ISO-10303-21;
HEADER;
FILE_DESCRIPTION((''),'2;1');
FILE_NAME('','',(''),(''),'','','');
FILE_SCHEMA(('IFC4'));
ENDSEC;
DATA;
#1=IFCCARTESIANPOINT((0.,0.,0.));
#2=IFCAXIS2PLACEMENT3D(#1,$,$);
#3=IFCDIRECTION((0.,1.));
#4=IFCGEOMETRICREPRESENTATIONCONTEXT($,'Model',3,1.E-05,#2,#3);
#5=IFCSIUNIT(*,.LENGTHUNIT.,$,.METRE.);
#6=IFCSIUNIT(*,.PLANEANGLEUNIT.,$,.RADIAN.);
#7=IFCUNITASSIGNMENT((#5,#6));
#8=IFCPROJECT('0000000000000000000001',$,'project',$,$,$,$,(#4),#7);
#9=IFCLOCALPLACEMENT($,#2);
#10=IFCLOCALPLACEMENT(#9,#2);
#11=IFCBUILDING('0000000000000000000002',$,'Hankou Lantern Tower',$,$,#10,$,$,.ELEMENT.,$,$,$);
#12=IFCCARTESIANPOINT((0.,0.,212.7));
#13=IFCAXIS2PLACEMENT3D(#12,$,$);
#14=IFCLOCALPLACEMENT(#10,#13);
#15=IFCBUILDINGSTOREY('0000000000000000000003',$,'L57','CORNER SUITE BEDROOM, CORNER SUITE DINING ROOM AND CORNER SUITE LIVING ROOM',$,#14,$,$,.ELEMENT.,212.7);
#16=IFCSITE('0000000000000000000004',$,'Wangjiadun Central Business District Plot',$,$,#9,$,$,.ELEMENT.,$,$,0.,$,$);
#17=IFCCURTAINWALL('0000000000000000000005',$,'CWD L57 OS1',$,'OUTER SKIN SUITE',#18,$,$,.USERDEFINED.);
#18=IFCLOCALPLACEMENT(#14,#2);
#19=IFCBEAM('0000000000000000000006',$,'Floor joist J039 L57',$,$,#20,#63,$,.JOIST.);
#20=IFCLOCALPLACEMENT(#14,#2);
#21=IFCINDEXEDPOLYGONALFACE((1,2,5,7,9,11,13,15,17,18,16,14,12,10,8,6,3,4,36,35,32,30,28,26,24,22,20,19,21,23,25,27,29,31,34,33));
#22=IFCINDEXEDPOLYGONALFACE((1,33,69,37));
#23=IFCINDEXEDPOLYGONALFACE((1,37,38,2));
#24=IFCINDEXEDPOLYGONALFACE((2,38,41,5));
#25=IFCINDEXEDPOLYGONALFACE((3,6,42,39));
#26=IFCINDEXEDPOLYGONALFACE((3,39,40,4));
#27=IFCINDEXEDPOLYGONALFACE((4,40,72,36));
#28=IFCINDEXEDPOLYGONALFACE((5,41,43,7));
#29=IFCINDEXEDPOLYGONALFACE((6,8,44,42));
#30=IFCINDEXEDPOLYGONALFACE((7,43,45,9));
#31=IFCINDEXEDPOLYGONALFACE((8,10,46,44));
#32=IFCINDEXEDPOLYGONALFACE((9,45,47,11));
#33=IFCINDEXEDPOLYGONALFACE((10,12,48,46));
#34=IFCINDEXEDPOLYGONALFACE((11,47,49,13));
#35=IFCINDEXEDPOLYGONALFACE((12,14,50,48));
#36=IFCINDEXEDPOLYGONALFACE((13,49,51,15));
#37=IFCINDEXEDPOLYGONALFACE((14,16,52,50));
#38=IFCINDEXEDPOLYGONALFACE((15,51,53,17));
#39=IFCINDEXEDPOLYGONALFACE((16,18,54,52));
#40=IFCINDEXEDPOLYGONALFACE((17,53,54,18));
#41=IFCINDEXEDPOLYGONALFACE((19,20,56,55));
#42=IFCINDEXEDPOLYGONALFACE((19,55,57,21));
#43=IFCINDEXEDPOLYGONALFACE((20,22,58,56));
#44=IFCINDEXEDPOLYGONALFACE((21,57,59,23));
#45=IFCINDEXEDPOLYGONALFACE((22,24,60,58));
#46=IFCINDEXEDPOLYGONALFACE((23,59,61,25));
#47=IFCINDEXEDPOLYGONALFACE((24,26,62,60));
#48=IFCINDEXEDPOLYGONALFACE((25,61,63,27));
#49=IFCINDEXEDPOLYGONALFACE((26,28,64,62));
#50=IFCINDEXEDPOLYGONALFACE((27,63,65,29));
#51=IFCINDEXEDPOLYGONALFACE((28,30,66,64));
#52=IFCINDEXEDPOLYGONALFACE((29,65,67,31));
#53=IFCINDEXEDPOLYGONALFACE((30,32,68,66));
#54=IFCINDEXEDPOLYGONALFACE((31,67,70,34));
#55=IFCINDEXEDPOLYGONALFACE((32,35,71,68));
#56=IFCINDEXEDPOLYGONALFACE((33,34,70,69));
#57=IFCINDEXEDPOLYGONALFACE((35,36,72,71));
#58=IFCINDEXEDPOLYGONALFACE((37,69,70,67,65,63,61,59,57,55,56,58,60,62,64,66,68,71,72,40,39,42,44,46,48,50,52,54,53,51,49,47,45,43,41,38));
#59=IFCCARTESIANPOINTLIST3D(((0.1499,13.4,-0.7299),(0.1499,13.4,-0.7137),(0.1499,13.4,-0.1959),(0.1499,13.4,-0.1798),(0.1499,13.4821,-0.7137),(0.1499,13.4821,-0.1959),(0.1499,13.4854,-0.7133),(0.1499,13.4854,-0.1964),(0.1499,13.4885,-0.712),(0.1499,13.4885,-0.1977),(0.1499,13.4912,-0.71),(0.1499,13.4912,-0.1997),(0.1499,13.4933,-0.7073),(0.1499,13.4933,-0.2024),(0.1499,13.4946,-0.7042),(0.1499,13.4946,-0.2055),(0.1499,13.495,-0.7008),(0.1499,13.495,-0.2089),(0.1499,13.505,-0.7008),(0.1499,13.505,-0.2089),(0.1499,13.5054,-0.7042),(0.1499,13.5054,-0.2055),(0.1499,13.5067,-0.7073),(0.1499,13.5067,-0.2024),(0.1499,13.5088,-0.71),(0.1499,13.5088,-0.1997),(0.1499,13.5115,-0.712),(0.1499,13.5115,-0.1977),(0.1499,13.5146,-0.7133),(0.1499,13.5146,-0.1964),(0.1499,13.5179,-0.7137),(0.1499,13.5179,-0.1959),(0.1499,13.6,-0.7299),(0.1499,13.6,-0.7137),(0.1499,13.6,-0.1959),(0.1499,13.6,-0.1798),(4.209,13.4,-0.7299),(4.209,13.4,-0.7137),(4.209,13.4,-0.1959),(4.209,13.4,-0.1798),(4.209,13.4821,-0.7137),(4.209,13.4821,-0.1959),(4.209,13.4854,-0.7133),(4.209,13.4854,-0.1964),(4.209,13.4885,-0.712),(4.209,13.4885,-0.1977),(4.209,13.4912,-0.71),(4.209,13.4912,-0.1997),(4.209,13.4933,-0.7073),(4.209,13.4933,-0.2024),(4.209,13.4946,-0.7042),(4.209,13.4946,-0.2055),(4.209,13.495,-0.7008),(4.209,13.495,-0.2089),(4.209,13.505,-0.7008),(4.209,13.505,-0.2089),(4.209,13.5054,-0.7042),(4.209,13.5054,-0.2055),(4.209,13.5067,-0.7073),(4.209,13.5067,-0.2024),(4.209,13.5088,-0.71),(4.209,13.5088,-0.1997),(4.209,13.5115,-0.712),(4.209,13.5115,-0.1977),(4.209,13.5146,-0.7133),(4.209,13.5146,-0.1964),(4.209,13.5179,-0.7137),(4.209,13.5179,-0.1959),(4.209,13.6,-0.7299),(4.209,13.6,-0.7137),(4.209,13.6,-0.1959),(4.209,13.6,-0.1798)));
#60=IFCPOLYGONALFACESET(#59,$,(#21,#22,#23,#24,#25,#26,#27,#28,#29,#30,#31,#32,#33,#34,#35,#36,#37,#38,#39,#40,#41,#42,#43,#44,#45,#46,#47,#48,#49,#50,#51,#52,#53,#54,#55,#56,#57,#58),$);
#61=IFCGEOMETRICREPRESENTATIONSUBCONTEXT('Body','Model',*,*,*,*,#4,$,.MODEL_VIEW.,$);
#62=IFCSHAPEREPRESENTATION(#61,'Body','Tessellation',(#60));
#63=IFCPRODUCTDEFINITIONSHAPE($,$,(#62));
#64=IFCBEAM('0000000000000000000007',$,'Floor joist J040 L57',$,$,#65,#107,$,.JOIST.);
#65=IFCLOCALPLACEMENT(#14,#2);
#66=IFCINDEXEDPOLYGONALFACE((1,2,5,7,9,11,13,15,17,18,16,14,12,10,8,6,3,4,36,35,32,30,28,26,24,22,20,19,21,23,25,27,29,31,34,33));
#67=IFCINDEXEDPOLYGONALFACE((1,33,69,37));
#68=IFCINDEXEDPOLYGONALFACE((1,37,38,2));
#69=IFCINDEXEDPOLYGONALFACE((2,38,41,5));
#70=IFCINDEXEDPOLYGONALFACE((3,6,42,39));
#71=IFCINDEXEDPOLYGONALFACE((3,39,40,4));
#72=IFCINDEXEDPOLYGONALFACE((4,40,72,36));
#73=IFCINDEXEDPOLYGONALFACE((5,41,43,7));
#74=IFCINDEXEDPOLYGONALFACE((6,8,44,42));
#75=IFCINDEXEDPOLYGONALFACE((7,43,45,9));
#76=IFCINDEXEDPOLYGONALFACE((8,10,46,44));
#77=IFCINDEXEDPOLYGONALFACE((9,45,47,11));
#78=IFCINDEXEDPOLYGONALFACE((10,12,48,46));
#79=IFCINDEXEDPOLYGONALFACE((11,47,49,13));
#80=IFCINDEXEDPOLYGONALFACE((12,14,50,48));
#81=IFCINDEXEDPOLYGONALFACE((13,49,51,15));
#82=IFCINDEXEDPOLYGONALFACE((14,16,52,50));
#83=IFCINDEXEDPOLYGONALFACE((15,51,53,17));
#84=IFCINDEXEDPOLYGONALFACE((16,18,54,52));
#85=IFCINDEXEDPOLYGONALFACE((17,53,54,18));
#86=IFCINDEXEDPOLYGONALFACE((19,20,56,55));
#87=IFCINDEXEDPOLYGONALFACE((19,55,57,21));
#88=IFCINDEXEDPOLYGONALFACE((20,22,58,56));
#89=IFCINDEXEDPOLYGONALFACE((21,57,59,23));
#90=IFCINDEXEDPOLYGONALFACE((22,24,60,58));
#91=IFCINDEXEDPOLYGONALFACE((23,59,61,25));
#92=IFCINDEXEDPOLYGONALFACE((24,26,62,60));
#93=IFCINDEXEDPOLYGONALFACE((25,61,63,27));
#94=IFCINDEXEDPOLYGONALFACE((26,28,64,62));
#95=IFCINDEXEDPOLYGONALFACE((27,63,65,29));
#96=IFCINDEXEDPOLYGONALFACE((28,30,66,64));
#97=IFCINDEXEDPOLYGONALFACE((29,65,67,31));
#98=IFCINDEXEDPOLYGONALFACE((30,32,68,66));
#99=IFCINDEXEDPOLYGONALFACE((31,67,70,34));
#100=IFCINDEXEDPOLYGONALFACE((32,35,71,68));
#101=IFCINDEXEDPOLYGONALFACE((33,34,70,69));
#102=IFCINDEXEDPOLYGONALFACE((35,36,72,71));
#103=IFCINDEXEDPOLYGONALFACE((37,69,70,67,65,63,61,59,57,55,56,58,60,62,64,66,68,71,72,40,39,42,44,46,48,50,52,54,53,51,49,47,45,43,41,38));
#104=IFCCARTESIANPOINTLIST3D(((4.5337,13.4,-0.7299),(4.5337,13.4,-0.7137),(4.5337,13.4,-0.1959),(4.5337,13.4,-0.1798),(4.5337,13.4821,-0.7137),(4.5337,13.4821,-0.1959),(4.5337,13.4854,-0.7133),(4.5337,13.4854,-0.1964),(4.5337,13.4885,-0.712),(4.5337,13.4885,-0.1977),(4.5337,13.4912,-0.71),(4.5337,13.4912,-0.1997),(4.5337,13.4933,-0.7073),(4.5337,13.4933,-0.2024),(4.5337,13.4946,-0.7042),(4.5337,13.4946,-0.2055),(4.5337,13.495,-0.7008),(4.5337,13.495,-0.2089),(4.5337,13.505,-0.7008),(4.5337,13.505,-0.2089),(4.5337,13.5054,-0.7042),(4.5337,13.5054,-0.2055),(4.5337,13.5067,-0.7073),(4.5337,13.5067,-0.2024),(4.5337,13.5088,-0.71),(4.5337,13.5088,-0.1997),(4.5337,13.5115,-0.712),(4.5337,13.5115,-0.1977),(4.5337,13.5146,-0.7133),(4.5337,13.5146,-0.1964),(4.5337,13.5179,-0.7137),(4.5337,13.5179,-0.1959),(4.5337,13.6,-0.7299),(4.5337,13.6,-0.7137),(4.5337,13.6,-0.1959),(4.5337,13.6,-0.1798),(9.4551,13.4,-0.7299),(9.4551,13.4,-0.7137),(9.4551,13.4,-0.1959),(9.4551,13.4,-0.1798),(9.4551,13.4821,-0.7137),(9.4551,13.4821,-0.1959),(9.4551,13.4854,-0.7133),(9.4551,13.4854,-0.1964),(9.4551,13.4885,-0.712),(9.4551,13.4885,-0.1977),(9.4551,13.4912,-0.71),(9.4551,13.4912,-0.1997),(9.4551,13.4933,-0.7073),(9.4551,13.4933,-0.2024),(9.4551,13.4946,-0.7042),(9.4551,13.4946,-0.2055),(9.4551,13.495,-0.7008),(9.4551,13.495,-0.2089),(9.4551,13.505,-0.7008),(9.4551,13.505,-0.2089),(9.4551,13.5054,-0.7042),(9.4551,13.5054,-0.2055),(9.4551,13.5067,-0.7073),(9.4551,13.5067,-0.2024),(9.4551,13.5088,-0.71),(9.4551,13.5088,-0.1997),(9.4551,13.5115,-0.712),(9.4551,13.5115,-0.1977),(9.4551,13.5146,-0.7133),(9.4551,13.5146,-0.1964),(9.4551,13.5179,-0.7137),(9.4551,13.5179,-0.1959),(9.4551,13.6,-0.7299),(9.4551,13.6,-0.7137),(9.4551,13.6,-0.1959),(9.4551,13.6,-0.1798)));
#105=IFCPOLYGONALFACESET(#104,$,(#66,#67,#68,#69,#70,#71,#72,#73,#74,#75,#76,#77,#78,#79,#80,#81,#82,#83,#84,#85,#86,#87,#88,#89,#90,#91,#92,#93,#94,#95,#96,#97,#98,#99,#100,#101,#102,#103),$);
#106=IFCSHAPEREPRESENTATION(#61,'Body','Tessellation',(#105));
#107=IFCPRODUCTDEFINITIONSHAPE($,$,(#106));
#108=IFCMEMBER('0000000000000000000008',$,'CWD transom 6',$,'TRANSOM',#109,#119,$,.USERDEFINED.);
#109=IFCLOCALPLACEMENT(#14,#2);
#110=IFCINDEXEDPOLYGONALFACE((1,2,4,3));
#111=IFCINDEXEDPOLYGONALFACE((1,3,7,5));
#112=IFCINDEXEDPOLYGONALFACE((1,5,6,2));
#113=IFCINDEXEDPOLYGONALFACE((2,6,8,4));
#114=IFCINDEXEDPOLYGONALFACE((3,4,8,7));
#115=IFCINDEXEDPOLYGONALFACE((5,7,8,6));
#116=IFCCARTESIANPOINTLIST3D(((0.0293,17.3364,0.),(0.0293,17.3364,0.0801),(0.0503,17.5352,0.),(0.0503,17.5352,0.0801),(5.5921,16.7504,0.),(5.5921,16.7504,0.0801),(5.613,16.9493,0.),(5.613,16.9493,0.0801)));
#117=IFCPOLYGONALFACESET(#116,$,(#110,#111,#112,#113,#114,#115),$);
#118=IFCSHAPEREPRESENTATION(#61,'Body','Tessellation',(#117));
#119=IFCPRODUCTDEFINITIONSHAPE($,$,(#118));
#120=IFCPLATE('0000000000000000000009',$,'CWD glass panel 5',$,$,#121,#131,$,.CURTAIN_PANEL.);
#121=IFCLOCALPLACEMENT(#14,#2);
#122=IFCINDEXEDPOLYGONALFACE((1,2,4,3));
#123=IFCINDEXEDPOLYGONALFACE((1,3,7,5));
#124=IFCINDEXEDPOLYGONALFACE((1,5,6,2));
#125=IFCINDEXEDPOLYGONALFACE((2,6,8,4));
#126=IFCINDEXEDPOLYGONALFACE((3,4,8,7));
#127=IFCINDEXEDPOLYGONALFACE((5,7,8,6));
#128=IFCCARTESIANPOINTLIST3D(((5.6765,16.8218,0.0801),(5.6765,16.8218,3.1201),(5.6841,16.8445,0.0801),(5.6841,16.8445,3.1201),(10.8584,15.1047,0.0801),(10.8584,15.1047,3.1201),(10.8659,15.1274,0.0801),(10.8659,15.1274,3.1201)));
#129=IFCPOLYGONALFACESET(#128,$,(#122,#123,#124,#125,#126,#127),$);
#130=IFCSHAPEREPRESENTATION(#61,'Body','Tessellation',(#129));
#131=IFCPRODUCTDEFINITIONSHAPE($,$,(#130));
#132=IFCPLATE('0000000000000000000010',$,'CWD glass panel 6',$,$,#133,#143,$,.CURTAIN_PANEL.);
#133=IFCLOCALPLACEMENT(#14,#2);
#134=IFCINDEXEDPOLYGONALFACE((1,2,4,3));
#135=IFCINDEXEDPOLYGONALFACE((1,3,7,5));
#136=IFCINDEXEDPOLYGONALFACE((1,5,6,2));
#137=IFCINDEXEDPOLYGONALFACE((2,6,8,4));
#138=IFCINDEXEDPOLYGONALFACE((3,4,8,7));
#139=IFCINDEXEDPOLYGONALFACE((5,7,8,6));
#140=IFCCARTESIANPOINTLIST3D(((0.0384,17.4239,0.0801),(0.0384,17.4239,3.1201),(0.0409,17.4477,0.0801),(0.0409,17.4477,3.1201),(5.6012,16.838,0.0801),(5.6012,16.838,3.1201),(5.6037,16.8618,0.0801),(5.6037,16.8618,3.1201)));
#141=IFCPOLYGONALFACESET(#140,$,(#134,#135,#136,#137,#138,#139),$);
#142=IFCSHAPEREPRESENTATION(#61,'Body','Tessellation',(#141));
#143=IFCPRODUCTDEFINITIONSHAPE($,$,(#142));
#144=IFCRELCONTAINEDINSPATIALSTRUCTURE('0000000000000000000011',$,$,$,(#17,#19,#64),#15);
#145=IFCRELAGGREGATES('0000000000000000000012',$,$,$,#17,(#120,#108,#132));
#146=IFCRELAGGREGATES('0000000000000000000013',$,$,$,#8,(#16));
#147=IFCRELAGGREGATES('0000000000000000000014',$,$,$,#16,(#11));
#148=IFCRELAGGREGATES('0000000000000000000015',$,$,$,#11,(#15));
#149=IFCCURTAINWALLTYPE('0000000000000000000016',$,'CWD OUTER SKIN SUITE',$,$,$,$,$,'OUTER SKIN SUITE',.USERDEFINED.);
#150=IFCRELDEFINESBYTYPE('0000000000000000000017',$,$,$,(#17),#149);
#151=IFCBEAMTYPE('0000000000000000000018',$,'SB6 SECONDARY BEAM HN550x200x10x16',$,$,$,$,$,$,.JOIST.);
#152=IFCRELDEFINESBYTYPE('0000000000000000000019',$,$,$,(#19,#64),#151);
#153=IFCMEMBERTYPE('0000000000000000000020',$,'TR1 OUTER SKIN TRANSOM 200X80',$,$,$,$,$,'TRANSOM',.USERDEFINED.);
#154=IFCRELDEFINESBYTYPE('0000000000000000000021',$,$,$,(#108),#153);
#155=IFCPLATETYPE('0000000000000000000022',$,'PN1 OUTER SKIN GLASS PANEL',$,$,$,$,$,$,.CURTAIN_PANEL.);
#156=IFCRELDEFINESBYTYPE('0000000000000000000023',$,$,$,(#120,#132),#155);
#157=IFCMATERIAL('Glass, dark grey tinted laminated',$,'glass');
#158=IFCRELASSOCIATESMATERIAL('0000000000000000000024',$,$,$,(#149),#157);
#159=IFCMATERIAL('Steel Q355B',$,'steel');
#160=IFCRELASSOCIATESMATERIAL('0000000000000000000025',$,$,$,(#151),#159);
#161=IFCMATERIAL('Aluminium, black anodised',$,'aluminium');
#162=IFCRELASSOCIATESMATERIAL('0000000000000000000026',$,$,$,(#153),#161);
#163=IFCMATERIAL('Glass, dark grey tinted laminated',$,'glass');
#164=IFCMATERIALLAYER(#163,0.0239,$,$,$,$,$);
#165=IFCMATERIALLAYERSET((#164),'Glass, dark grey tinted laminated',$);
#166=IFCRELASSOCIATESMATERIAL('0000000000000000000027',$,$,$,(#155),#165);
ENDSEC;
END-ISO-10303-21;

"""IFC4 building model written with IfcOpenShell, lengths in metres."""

from ifc_helpers import new_model, si_unit, direction, frame, origin, origin_2d, place, context, subcontext, project, spatial, rectangle, i_section, extrude, material, layer, layer_set, material_profile, profile_set, type_object, element, aggregate, save


model = new_model("IFC4")

# Units and contexts
model_context = context("Model", 3, precision=1e-05, world=origin(), true_north=direction((0.0, 1.0)))
body_context = subcontext(model_context, "Body", "Model", "MODEL_VIEW")
ifc_project = project(units=[si_unit("LENGTHUNIT", "METRE"), si_unit("PLANEANGLEUNIT", "RADIAN")], contexts=[model_context])

# Site, building, storey
site_placement = place(None, origin())
site = spatial("IfcSite", under=ifc_project, at=site_placement, Name="Wangjiadun Central Business District Plot", CompositionType="ELEMENT", RefElevation=0.0)
building_placement = place(site_placement, origin())
building = spatial("IfcBuilding", under=site, at=building_placement, Name="Hankou Lantern Tower", CompositionType="ELEMENT")
storey_placement = place(building_placement, frame((0.0, 0.0, 212.7)))
storey = spatial("IfcBuildingStorey", under=building, at=storey_placement, Name="L57", Description="CORNER SUITE BEDROOM, CORNER SUITE DINING ROOM AND CORNER SUITE LIVING ROOM", CompositionType="ELEMENT", Elevation=212.7)

# Curtain wall
ifc_material_1 = material(Name="Glass, dark grey tinted laminated", Category="glass")
curtain_wall_type = type_object("IfcCurtainWallType", Name="CWD OUTER SKIN SUITE", ElementType="OUTER SKIN SUITE", PredefinedType="USERDEFINED", material=ifc_material_1)
curtain_wall_1_placement = place(storey_placement, origin())
curtain_wall_1 = element("IfcCurtainWall", 1, at=curtain_wall_1_placement, inside=storey, type_object=curtain_wall_type, Name="CWD L57 OS1", ObjectType="OUTER SKIN SUITE", PredefinedType="USERDEFINED")

# Beams
ifc_material_2 = material(Name="Steel Q355B", Category="steel")
ifc_material_profile_1 = material_profile(ifc_material_2, i_section(OverallWidth=0.2, OverallDepth=0.55, WebThickness=0.01, FlangeThickness=0.0161, FilletRadius=0.0129, at=origin_2d()), Name="HN550x200x10x16")
ifc_profile_set_1 = profile_set([ifc_material_profile_1], Name="Steel Q355B")
beam_type_1 = type_object("IfcBeamType", Name="SB6 SECONDARY BEAM HN550x200x10x16", PredefinedType="JOIST", material=ifc_profile_set_1)
beam_1_placement = place(storey_placement, frame((0.1499, 13.5, -0.4548), z_axis=(1.0, 0.0, 0.0), x_axis=(0.0, 1.0, 0.0)))
element("IfcBeam", 2, at=beam_1_placement, inside=storey, type_object=beam_type_1, Name="Floor joist J039 L57", PredefinedType="JOIST", context=body_context, shape_type="SweptSolid", body=[
    extrude(i_section(OverallWidth=0.2, OverallDepth=0.55, WebThickness=0.01, FlangeThickness=0.0161, FilletRadius=0.0129, at=origin_2d()), origin(), (0.0, 0.0, 1.0), 4.0591),
])
beam_2_placement = place(storey_placement, frame((4.5337, 13.5, -0.4548), z_axis=(1.0, 0.0, 0.0), x_axis=(0.0, 1.0, 0.0)))
element("IfcBeam", 3, at=beam_2_placement, inside=storey, type_object=beam_type_1, Name="Floor joist J040 L57", PredefinedType="JOIST", context=body_context, shape_type="SweptSolid", body=[
    extrude(i_section(OverallWidth=0.2, OverallDepth=0.55, WebThickness=0.01, FlangeThickness=0.0161, FilletRadius=0.0129, at=origin_2d()), origin(), (0.0, 0.0, 1.0), 4.9214),
])

# Member
ifc_material_3 = material(Name="Aluminium, black anodised", Category="aluminium")
ifc_material_profile_2 = material_profile(ifc_material_3, rectangle(XDim=0.2, YDim=0.0801, at=origin_2d()), Name="TR1 200X80")
ifc_profile_set_2 = profile_set([ifc_material_profile_2], Name="Aluminium, black anodised")
member_type_1 = type_object("IfcMemberType", Name="TR1 OUTER SKIN TRANSOM 200X80", ElementType="TRANSOM", PredefinedType="USERDEFINED", material=ifc_profile_set_2)
member_1_placement = place(storey_placement, frame((5.6025, 16.8499, 0.04), z_axis=(-0.994498, 0.104753, 0.0), x_axis=(-0.104753, -0.994498, 0.0)))
member_1 = element("IfcMember", 4, at=member_1_placement, type_object=member_type_1, Name="CWD transom 6", ObjectType="TRANSOM", PredefinedType="USERDEFINED", context=body_context, shape_type="SweptSolid", body=[
    extrude(rectangle(XDim=0.2, YDim=0.0801, at=origin_2d()), origin(), (0.0, 0.0, 1.0), 5.5935),
])

# Plates
ifc_material_4 = material(Name="Glass, dark grey tinted laminated", Category="glass")
ifc_layer_1 = layer(ifc_material_4, 0.0239)
ifc_layer_set_1 = layer_set([ifc_layer_1], Name="Glass, dark grey tinted laminated")
plate_type = type_object("IfcPlateType", Name="PN1 OUTER SKIN GLASS PANEL", PredefinedType="CURTAIN_PANEL", material=ifc_layer_set_1)
plate_1_placement = place(storey_placement, frame((8.2712, 15.9746, 0.0801), z_axis=(0.0, 0.0, 1.0), x_axis=(-0.949241, 0.314551, 0.0)))
plate_1 = element("IfcPlate", 5, at=plate_1_placement, type_object=plate_type, Name="CWD glass panel 5", PredefinedType="CURTAIN_PANEL", context=body_context, shape_type="SweptSolid", body=[
    extrude(rectangle(XDim=5.459, YDim=0.0239, at=origin_2d()), origin(), (0.0, 0.0, 1.0), 3.04),
])
plate_2_placement = place(storey_placement, frame((2.821, 17.1428, 0.0801), z_axis=(0.0, 0.0, 1.0), x_axis=(-0.994499, 0.104743, 0.0)))
plate_2 = element("IfcPlate", 6, at=plate_2_placement, type_object=plate_type, Name="CWD glass panel 6", PredefinedType="CURTAIN_PANEL", context=body_context, shape_type="SweptSolid", body=[
    extrude(rectangle(XDim=5.5935, YDim=0.0239, at=origin_2d()), origin(), (0.0, 0.0, 1.0), 3.04),
])
aggregate(curtain_wall_1, [plate_1, member_1, plate_2])

save(model, "model.ifc")
